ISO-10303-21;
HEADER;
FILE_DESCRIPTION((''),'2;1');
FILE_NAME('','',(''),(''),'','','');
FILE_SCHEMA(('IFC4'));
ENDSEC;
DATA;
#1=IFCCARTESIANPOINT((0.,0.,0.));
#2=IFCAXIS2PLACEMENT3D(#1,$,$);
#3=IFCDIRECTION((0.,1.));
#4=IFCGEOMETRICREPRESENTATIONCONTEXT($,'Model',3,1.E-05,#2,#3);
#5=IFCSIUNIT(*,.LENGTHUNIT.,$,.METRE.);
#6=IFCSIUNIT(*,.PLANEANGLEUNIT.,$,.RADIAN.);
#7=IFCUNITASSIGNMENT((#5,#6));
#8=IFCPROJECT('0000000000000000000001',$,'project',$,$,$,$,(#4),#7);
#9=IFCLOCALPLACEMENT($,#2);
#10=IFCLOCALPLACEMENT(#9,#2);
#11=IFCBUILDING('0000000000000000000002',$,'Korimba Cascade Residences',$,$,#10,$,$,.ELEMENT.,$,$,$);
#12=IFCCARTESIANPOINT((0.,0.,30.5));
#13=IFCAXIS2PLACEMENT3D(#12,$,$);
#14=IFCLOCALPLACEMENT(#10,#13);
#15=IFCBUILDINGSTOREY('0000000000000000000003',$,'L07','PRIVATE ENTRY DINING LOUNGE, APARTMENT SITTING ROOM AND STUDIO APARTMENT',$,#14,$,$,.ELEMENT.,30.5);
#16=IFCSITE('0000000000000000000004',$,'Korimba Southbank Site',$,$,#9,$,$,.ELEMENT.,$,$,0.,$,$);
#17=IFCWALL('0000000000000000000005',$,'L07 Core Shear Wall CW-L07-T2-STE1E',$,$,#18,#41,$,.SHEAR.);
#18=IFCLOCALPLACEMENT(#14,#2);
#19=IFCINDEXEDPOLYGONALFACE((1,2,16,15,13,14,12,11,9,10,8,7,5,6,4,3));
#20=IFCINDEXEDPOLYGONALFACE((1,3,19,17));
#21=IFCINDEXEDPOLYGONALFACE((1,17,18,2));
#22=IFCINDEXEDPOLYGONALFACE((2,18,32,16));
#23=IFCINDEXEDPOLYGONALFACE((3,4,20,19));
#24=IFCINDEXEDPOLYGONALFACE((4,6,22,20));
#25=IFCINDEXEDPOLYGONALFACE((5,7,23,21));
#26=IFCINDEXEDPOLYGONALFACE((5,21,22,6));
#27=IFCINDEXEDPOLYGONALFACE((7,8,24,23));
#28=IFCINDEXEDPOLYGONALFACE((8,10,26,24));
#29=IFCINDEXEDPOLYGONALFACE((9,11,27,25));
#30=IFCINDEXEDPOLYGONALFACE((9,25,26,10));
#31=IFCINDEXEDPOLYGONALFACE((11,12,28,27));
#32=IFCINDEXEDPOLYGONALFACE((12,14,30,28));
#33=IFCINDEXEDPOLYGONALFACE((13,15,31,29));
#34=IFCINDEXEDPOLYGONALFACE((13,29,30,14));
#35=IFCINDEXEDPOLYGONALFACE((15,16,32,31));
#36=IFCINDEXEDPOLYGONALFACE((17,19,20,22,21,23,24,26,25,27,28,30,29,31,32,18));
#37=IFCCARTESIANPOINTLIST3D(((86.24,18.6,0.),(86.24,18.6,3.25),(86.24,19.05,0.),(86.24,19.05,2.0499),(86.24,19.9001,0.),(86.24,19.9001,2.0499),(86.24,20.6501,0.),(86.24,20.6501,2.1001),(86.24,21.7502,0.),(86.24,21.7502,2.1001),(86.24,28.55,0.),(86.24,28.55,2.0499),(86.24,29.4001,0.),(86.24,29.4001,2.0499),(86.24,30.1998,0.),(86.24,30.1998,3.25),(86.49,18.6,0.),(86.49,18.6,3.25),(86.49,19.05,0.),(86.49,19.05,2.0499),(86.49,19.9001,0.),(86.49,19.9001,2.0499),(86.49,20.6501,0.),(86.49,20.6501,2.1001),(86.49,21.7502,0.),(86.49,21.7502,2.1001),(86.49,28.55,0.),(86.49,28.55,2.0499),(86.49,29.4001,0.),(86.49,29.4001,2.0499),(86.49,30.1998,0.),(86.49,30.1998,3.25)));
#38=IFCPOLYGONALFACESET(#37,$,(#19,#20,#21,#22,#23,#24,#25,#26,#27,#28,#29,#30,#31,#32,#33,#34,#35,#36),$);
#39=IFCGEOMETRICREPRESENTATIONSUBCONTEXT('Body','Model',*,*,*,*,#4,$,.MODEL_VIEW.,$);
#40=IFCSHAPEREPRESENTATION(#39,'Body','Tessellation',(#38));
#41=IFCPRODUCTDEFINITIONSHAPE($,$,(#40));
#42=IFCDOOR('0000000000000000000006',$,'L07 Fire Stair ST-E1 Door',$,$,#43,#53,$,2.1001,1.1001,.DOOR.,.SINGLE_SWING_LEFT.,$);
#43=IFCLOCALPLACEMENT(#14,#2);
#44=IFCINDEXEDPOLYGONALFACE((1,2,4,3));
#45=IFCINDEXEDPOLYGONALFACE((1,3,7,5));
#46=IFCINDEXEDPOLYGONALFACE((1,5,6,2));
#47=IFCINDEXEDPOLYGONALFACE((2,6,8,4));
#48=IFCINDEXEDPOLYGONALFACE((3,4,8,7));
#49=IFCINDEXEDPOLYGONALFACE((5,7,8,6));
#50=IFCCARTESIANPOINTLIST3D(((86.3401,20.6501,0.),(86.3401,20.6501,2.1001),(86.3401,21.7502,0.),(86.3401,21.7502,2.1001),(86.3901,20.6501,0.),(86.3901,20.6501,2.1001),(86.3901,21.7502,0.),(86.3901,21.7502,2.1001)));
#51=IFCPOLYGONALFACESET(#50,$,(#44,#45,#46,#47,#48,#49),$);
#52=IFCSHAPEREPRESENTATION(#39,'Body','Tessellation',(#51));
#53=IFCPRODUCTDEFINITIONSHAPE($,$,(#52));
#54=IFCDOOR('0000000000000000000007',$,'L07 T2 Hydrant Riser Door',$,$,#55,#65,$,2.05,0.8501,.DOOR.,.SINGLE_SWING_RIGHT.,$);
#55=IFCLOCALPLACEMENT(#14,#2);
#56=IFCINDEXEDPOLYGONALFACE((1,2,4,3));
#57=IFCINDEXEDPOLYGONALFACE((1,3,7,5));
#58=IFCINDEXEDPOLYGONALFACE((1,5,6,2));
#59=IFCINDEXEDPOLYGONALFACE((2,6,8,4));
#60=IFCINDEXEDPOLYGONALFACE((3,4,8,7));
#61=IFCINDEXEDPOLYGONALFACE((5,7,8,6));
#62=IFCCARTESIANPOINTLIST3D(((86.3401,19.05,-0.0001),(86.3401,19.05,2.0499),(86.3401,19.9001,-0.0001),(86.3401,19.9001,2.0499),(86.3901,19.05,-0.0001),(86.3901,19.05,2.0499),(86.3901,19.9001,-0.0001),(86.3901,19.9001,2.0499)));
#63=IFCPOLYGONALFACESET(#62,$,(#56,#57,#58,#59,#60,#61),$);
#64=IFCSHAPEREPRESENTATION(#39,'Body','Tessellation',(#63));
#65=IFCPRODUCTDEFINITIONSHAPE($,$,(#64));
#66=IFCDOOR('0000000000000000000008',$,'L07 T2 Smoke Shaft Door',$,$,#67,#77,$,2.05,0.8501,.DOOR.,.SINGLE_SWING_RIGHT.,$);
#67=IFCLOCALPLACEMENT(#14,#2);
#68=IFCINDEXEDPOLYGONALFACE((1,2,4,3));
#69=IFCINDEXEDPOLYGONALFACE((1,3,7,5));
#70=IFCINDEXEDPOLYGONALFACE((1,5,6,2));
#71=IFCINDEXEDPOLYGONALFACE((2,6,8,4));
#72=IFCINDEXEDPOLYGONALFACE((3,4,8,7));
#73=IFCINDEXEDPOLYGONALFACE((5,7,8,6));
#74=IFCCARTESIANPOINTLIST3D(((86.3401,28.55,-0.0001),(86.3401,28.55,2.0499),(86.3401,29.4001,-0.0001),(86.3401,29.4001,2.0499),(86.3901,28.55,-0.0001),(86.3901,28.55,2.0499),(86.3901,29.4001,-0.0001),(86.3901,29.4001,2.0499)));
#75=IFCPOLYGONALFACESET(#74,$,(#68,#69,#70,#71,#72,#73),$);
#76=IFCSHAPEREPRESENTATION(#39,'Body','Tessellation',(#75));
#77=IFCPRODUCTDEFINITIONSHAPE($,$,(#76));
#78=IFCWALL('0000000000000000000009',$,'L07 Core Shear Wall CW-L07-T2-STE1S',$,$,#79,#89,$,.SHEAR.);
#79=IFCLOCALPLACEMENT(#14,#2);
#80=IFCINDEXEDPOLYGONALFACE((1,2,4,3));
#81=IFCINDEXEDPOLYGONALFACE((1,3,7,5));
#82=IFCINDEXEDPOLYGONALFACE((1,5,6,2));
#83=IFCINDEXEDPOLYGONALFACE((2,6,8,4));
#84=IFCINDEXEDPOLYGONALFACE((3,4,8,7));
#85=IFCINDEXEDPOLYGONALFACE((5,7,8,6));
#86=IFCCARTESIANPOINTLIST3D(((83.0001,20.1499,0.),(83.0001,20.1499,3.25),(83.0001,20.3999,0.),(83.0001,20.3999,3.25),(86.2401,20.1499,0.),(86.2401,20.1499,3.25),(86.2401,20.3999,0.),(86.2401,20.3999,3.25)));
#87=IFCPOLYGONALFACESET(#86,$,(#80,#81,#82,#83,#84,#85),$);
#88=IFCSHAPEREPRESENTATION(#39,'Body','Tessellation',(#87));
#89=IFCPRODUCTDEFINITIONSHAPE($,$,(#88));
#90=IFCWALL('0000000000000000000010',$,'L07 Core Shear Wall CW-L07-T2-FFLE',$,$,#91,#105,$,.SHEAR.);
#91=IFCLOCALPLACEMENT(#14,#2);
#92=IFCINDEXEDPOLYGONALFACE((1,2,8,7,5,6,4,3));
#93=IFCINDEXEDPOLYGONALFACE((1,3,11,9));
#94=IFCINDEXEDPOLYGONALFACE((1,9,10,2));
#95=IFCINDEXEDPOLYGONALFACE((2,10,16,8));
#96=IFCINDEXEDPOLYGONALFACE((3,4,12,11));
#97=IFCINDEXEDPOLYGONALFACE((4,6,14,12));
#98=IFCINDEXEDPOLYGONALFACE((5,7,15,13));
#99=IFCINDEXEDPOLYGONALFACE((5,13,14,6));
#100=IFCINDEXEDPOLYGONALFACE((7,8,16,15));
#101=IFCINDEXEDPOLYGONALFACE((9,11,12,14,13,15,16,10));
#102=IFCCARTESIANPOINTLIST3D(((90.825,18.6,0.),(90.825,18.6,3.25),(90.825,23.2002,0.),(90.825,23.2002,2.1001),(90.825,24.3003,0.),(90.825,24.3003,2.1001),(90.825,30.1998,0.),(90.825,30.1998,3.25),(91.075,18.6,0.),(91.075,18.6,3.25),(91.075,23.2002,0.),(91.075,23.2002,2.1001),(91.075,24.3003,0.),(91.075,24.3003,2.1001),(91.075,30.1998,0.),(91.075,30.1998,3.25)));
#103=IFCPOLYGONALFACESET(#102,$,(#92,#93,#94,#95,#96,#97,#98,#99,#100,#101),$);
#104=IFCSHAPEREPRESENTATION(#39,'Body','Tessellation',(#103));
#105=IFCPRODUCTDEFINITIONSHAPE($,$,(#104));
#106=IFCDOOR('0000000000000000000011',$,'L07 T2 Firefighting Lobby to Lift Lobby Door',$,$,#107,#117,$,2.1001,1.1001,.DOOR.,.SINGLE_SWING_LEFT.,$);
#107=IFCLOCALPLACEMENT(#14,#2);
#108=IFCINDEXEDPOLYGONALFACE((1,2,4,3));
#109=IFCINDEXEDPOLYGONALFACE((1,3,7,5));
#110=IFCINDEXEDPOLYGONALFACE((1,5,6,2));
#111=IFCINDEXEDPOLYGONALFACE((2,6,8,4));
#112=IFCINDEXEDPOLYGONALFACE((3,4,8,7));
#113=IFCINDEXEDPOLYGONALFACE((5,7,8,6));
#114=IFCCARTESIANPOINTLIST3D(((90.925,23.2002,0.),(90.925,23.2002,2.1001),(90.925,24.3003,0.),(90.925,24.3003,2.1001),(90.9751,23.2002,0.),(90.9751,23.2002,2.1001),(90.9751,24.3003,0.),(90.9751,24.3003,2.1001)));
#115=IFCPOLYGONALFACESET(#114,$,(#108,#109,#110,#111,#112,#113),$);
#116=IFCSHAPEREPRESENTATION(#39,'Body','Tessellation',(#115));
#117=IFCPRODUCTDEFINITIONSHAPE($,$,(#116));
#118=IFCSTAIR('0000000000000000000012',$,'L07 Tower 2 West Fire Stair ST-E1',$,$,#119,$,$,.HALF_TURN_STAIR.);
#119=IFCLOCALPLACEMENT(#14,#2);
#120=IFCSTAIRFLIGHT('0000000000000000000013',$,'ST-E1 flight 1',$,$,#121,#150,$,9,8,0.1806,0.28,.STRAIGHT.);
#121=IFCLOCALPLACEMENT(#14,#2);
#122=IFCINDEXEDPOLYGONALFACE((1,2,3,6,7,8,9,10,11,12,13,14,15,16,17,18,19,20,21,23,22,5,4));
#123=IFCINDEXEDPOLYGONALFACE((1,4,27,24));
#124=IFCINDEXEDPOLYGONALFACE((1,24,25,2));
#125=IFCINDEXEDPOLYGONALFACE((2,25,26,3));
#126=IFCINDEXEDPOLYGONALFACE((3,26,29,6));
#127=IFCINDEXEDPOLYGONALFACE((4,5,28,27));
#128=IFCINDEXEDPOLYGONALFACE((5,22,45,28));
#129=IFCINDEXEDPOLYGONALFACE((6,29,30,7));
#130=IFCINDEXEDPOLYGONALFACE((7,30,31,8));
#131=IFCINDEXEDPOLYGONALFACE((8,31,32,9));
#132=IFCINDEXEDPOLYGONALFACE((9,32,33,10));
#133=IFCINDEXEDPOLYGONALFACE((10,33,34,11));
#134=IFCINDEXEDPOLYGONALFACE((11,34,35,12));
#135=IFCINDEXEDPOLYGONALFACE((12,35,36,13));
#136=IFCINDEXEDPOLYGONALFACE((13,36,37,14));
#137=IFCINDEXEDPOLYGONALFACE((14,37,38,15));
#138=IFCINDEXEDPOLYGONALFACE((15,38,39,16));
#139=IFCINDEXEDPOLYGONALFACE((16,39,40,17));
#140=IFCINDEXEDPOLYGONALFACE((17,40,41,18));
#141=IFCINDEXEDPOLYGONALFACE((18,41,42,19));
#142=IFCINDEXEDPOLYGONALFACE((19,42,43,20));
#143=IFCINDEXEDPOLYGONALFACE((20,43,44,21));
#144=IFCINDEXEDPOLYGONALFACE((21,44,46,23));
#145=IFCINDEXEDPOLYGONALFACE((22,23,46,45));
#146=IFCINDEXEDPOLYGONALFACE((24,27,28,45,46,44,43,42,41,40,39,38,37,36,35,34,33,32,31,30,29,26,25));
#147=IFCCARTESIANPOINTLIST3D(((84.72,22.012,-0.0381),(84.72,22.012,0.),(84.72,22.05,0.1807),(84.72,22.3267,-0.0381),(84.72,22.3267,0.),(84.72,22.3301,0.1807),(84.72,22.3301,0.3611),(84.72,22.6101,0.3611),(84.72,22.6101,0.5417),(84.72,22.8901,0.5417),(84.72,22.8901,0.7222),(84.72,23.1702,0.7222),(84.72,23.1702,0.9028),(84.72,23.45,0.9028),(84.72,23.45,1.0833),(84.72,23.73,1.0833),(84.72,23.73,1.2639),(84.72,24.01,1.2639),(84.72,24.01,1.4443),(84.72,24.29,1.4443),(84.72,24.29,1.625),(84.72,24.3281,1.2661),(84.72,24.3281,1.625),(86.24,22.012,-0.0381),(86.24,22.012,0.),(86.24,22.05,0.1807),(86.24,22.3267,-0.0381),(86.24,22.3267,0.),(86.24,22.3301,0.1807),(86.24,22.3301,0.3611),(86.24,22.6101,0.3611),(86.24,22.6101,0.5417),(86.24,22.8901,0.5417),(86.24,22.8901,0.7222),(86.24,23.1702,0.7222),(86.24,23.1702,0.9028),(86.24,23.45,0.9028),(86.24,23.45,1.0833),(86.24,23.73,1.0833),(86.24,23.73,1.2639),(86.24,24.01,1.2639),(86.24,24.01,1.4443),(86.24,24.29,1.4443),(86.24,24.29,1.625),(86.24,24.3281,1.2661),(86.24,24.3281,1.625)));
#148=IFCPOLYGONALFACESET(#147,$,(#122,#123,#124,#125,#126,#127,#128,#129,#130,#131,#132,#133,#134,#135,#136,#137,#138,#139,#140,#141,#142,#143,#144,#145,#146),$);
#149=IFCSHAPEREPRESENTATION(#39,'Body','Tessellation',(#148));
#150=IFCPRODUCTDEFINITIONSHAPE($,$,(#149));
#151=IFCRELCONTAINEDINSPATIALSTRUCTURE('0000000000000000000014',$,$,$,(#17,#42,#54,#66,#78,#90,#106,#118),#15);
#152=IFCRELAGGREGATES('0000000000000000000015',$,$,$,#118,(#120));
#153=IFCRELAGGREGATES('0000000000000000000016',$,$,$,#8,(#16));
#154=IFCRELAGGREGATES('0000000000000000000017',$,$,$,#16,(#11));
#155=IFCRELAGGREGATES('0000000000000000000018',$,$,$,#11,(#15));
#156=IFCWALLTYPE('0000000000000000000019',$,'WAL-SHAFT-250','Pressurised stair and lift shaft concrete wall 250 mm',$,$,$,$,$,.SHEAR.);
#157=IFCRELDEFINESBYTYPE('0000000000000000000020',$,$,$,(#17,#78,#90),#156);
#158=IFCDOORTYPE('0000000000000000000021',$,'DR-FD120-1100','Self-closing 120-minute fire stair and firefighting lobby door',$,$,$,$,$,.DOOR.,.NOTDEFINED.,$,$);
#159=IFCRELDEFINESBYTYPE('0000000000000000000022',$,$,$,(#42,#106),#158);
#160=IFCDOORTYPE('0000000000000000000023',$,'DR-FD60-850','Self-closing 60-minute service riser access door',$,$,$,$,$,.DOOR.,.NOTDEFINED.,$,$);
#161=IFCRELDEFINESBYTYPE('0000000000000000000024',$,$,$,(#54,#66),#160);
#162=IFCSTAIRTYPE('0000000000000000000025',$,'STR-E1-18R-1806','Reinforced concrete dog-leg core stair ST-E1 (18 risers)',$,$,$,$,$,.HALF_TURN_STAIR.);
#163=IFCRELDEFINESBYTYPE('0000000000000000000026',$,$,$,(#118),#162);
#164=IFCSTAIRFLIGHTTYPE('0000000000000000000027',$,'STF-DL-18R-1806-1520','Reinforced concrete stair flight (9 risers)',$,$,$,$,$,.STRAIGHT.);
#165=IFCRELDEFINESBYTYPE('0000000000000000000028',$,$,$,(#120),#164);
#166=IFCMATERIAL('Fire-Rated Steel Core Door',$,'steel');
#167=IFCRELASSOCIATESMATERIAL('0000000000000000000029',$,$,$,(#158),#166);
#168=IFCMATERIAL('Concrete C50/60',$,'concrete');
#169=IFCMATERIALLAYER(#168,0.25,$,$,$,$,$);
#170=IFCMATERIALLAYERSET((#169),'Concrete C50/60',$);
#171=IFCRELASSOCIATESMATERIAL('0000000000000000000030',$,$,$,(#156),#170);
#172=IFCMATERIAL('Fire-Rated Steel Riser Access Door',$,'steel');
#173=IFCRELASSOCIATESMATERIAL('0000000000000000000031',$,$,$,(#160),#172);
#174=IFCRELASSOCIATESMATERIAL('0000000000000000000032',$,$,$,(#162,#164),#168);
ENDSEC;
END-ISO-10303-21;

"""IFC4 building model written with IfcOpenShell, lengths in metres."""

from ifc_helpers import new_model, si_unit, direction, frame, frame_2d, origin, place, context, subcontext, project, spatial, polyline, rectangle, outline, extrude, material, layer, layer_set, type_object, element, fill, aggregate, save


model = new_model("IFC4")

# Units and contexts
model_context = context("Model", 3, precision=1e-05, world=origin(), true_north=direction((0.0, 1.0)))
body_context = subcontext(model_context, "Body", "Model", "MODEL_VIEW")
ifc_project = project(units=[si_unit("LENGTHUNIT", "METRE"), si_unit("PLANEANGLEUNIT", "RADIAN")], contexts=[model_context])

# Site, building, storey
site_placement = place(None, origin())
site = spatial("IfcSite", under=ifc_project, at=site_placement, Name="Korimba Southbank Site", CompositionType="ELEMENT", RefElevation=0.0)
building_placement = place(site_placement, origin())
building = spatial("IfcBuilding", under=site, at=building_placement, Name="Korimba Cascade Residences", CompositionType="ELEMENT")
storey_placement = place(building_placement, frame((0.0, 0.0, 30.5)))
storey = spatial("IfcBuildingStorey", under=building, at=storey_placement, Name="L07", Description="PRIVATE ENTRY DINING LOUNGE, APARTMENT SITTING ROOM AND STUDIO APARTMENT", CompositionType="ELEMENT", Elevation=30.5)

# Shared definitions
ifc_material_1 = material(Name="Concrete C50/60", Category="concrete")

# Shared definitions
ifc_material_2 = material(Name="Fire-Rated Steel Core Door", Category="steel")
door_type_1 = type_object("IfcDoorType", Name="DR-FD120-1100", Description="Self-closing 120-minute fire stair and firefighting lobby door", OperationType="NOTDEFINED", PredefinedType="DOOR", material=ifc_material_2)

# Shared definitions
ifc_layer_1 = layer(ifc_material_1, 0.25)
ifc_layer_set_1 = layer_set([ifc_layer_1], Name="Concrete C50/60")
wall_type_1 = type_object("IfcWallType", Name="WAL-SHAFT-250", Description="Pressurised stair and lift shaft concrete wall 250 mm", PredefinedType="SHEAR", material=ifc_layer_set_1)

# Wall, openings, doors
wall_1_placement = place(storey_placement, frame((86.365, 18.6001, 0.0), z_axis=(0.0, 0.0, 1.0), x_axis=(0.0, 1.0, 0.0)))
wall_1 = element("IfcWall", 1, at=wall_1_placement, inside=storey, type_object=wall_type_1, Name="L07 Core Shear Wall CW-L07-T2-STE1E", PredefinedType="SHEAR", context=body_context, shape_type="SweptSolid", body=[
    extrude(rectangle(XDim=11.5999, YDim=0.25, at=frame_2d((5.7998, 0.0))), origin(), (0.0, 0.0, 1.0), 3.25),
])
opening_1_placement = place(wall_1_placement, frame((0.45, 0.0, 0.0)))
opening_1 = element("IfcOpeningElement", 2, at=opening_1_placement, cuts=wall_1, PredefinedType="OPENING", context=body_context, shape_type="SweptSolid", body=[
    extrude(rectangle(XDim=0.8501, YDim=2.05, at=frame_2d((0.425, 1.0249))), frame((0.0, 0.135, 0.0), z_axis=(0.0, -1.0, 0.0), x_axis=(1.0, 0.0, 0.0)), (0.0, 0.0, 1.0), 0.27),
])
opening_2_placement = place(wall_1_placement, frame((2.05, 0.0, 0.0)))
opening_2 = element("IfcOpeningElement", 3, at=opening_2_placement, cuts=wall_1, PredefinedType="OPENING", context=body_context, shape_type="SweptSolid", body=[
    extrude(rectangle(XDim=1.1001, YDim=2.1001, at=frame_2d((0.55, 1.05))), frame((0.0, 0.135, 0.0), z_axis=(0.0, -1.0, 0.0), x_axis=(1.0, 0.0, 0.0)), (0.0, 0.0, 1.0), 0.27),
])
opening_3_placement = place(wall_1_placement, frame((9.95, 0.0, 0.0)))
opening_3 = element("IfcOpeningElement", 4, at=opening_3_placement, cuts=wall_1, PredefinedType="OPENING", context=body_context, shape_type="SweptSolid", body=[
    extrude(rectangle(XDim=0.8501, YDim=2.05, at=frame_2d((0.425, 1.0249))), frame((0.0, 0.135, 0.0), z_axis=(0.0, -1.0, 0.0), x_axis=(1.0, 0.0, 0.0)), (0.0, 0.0, 1.0), 0.27),
])
door_1_placement = place(opening_2_placement, origin())
door_1 = element("IfcDoor", 5, at=door_1_placement, inside=storey, type_object=door_type_1, Name="L07 Fire Stair ST-E1 Door", OperationType="SINGLE_SWING_LEFT", OverallHeight=2.1001, OverallWidth=1.1001, PredefinedType="DOOR", context=body_context, shape_type="SweptSolid", body=[
    extrude(rectangle(XDim=1.1001, YDim=2.1001, at=frame_2d((0.55, 1.05))), frame((0.0, 0.0249, 0.0), z_axis=(0.0, -1.0, 0.0), x_axis=(1.0, 0.0, 0.0)), (0.0, 0.0, 1.0), 0.05),
])
fill(opening_2, door_1)
ifc_material_3 = material(Name="Fire-Rated Steel Riser Access Door", Category="steel")
door_type_2 = type_object("IfcDoorType", Name="DR-FD60-850", Description="Self-closing 60-minute service riser access door", OperationType="NOTDEFINED", PredefinedType="DOOR", material=ifc_material_3)
door_2_placement = place(opening_1_placement, origin())
door_2 = element("IfcDoor", 6, at=door_2_placement, inside=storey, type_object=door_type_2, Name="L07 T2 Hydrant Riser Door", OperationType="SINGLE_SWING_RIGHT", OverallHeight=2.05, OverallWidth=0.8501, PredefinedType="DOOR", context=body_context, shape_type="SweptSolid", body=[
    extrude(rectangle(XDim=0.8501, YDim=2.05, at=frame_2d((0.425, 1.0249))), frame((0.0, 0.0249, 0.0), z_axis=(0.0, -1.0, 0.0), x_axis=(1.0, 0.0, 0.0)), (0.0, 0.0, 1.0), 0.05),
])
fill(opening_1, door_2)
door_3_placement = place(opening_3_placement, origin())
door_3 = element("IfcDoor", 7, at=door_3_placement, inside=storey, type_object=door_type_2, Name="L07 T2 Smoke Shaft Door", OperationType="SINGLE_SWING_RIGHT", OverallHeight=2.05, OverallWidth=0.8501, PredefinedType="DOOR", context=body_context, shape_type="SweptSolid", body=[
    extrude(rectangle(XDim=0.8501, YDim=2.05, at=frame_2d((0.425, 1.0249))), frame((0.0, 0.0249, 0.0), z_axis=(0.0, -1.0, 0.0), x_axis=(1.0, 0.0, 0.0)), (0.0, 0.0, 1.0), 0.05),
])
fill(opening_3, door_3)

# Wall
wall_2_placement = place(storey_placement, frame((83.0, 20.2749, 0.0), z_axis=(0.0, 0.0, 1.0), x_axis=(1.0, 0.0, 0.0)))
element("IfcWall", 8, at=wall_2_placement, inside=storey, type_object=wall_type_1, Name="L07 Core Shear Wall CW-L07-T2-STE1S", PredefinedType="SHEAR", context=body_context, shape_type="SweptSolid", body=[
    extrude(rectangle(XDim=3.24, YDim=0.25, at=frame_2d((1.6201, 0.0))), origin(), (0.0, 0.0, 1.0), 3.25),
])

# Wall, opening, door
wall_3_placement = place(storey_placement, frame((90.95, 18.6001, 0.0), z_axis=(0.0, 0.0, 1.0), x_axis=(0.0, 1.0, 0.0)))
wall_3 = element("IfcWall", 9, at=wall_3_placement, inside=storey, type_object=wall_type_1, Name="L07 Core Shear Wall CW-L07-T2-FFLE", PredefinedType="SHEAR", context=body_context, shape_type="SweptSolid", body=[
    extrude(rectangle(XDim=11.5999, YDim=0.25, at=frame_2d((5.7998, 0.0))), origin(), (0.0, 0.0, 1.0), 3.25),
])
opening_4_placement = place(wall_3_placement, frame((4.6001, 0.0, 0.0)))
opening_4 = element("IfcOpeningElement", 10, at=opening_4_placement, cuts=wall_3, PredefinedType="OPENING", context=body_context, shape_type="SweptSolid", body=[
    extrude(rectangle(XDim=1.1001, YDim=2.1001, at=frame_2d((0.55, 1.05))), frame((0.0, 0.135, 0.0), z_axis=(0.0, -1.0, 0.0), x_axis=(1.0, 0.0, 0.0)), (0.0, 0.0, 1.0), 0.27),
])
door_4_placement = place(opening_4_placement, origin())
door_4 = element("IfcDoor", 11, at=door_4_placement, inside=storey, type_object=door_type_1, Name="L07 T2 Firefighting Lobby to Lift Lobby Door", OperationType="SINGLE_SWING_LEFT", OverallHeight=2.1001, OverallWidth=1.1001, PredefinedType="DOOR", context=body_context, shape_type="SweptSolid", body=[
    extrude(rectangle(XDim=1.1001, YDim=2.1001, at=frame_2d((0.55, 1.05))), frame((0.0, 0.0249, 0.0), z_axis=(0.0, -1.0, 0.0), x_axis=(1.0, 0.0, 0.0)), (0.0, 0.0, 1.0), 0.05),
])
fill(opening_4, door_4)

# Stair, stair flight
stair_type = type_object("IfcStairType", Name="STR-E1-18R-1806", Description="Reinforced concrete dog-leg core stair ST-E1 (18 risers)", PredefinedType="HALF_TURN_STAIR", material=ifc_material_1)
stair_placement = place(storey_placement, origin())
stair = element("IfcStair", 12, at=stair_placement, inside=storey, type_object=stair_type, Name="L07 Tower 2 West Fire Stair ST-E1", PredefinedType="HALF_TURN_STAIR")
stair_flight_type = type_object("IfcStairFlightType", Name="STF-DL-18R-1806-1520", Description="Reinforced concrete stair flight (9 risers)", PredefinedType="STRAIGHT", material=ifc_material_1)
stair_flight_placement = place(storey_placement, frame((85.48, 22.05, 0.0), z_axis=(0.0, 0.0, 1.0), x_axis=(0.0, 1.0, 0.0)))
stair_flight = element("IfcStairFlight", 13, at=stair_flight_placement, type_object=stair_flight_type, Name="ST-E1 flight 1", NumberOfRisers=9, NumberOfTreads=8, PredefinedType="STRAIGHT", RiserHeight=0.1806, TreadLength=0.28, context=body_context, shape_type="SweptSolid", body=[
    extrude(outline(polyline([(-0.0381, 0.0), (0.0, 0.1807), (0.28, 0.1807), (0.28, 0.3611), (0.5601, 0.3611), (0.5601, 0.5417), (0.8401, 0.5417), (0.8401, 0.7222), (1.1201, 0.7222), (1.1201, 0.9028), (1.3999, 0.9028), (1.3999, 1.0833), (1.6799, 1.0833), (1.6799, 1.2639), (1.96, 1.2639), (1.96, 1.4443), (2.24, 1.4443), (2.24, 1.625), (2.2781, 1.625), (2.2781, 1.2661), (0.2766, 0.0), (0.2766, -0.0381), (-0.0381, -0.0381), (-0.0381, 0.0)])), frame((0.0, 0.76, 0.0), z_axis=(0.0, -1.0, 0.0), x_axis=(1.0, 0.0, 0.0)), (0.0, 0.0, 1.0), 1.52),
])
aggregate(stair, [stair_flight])

save(model, "model.ifc")
